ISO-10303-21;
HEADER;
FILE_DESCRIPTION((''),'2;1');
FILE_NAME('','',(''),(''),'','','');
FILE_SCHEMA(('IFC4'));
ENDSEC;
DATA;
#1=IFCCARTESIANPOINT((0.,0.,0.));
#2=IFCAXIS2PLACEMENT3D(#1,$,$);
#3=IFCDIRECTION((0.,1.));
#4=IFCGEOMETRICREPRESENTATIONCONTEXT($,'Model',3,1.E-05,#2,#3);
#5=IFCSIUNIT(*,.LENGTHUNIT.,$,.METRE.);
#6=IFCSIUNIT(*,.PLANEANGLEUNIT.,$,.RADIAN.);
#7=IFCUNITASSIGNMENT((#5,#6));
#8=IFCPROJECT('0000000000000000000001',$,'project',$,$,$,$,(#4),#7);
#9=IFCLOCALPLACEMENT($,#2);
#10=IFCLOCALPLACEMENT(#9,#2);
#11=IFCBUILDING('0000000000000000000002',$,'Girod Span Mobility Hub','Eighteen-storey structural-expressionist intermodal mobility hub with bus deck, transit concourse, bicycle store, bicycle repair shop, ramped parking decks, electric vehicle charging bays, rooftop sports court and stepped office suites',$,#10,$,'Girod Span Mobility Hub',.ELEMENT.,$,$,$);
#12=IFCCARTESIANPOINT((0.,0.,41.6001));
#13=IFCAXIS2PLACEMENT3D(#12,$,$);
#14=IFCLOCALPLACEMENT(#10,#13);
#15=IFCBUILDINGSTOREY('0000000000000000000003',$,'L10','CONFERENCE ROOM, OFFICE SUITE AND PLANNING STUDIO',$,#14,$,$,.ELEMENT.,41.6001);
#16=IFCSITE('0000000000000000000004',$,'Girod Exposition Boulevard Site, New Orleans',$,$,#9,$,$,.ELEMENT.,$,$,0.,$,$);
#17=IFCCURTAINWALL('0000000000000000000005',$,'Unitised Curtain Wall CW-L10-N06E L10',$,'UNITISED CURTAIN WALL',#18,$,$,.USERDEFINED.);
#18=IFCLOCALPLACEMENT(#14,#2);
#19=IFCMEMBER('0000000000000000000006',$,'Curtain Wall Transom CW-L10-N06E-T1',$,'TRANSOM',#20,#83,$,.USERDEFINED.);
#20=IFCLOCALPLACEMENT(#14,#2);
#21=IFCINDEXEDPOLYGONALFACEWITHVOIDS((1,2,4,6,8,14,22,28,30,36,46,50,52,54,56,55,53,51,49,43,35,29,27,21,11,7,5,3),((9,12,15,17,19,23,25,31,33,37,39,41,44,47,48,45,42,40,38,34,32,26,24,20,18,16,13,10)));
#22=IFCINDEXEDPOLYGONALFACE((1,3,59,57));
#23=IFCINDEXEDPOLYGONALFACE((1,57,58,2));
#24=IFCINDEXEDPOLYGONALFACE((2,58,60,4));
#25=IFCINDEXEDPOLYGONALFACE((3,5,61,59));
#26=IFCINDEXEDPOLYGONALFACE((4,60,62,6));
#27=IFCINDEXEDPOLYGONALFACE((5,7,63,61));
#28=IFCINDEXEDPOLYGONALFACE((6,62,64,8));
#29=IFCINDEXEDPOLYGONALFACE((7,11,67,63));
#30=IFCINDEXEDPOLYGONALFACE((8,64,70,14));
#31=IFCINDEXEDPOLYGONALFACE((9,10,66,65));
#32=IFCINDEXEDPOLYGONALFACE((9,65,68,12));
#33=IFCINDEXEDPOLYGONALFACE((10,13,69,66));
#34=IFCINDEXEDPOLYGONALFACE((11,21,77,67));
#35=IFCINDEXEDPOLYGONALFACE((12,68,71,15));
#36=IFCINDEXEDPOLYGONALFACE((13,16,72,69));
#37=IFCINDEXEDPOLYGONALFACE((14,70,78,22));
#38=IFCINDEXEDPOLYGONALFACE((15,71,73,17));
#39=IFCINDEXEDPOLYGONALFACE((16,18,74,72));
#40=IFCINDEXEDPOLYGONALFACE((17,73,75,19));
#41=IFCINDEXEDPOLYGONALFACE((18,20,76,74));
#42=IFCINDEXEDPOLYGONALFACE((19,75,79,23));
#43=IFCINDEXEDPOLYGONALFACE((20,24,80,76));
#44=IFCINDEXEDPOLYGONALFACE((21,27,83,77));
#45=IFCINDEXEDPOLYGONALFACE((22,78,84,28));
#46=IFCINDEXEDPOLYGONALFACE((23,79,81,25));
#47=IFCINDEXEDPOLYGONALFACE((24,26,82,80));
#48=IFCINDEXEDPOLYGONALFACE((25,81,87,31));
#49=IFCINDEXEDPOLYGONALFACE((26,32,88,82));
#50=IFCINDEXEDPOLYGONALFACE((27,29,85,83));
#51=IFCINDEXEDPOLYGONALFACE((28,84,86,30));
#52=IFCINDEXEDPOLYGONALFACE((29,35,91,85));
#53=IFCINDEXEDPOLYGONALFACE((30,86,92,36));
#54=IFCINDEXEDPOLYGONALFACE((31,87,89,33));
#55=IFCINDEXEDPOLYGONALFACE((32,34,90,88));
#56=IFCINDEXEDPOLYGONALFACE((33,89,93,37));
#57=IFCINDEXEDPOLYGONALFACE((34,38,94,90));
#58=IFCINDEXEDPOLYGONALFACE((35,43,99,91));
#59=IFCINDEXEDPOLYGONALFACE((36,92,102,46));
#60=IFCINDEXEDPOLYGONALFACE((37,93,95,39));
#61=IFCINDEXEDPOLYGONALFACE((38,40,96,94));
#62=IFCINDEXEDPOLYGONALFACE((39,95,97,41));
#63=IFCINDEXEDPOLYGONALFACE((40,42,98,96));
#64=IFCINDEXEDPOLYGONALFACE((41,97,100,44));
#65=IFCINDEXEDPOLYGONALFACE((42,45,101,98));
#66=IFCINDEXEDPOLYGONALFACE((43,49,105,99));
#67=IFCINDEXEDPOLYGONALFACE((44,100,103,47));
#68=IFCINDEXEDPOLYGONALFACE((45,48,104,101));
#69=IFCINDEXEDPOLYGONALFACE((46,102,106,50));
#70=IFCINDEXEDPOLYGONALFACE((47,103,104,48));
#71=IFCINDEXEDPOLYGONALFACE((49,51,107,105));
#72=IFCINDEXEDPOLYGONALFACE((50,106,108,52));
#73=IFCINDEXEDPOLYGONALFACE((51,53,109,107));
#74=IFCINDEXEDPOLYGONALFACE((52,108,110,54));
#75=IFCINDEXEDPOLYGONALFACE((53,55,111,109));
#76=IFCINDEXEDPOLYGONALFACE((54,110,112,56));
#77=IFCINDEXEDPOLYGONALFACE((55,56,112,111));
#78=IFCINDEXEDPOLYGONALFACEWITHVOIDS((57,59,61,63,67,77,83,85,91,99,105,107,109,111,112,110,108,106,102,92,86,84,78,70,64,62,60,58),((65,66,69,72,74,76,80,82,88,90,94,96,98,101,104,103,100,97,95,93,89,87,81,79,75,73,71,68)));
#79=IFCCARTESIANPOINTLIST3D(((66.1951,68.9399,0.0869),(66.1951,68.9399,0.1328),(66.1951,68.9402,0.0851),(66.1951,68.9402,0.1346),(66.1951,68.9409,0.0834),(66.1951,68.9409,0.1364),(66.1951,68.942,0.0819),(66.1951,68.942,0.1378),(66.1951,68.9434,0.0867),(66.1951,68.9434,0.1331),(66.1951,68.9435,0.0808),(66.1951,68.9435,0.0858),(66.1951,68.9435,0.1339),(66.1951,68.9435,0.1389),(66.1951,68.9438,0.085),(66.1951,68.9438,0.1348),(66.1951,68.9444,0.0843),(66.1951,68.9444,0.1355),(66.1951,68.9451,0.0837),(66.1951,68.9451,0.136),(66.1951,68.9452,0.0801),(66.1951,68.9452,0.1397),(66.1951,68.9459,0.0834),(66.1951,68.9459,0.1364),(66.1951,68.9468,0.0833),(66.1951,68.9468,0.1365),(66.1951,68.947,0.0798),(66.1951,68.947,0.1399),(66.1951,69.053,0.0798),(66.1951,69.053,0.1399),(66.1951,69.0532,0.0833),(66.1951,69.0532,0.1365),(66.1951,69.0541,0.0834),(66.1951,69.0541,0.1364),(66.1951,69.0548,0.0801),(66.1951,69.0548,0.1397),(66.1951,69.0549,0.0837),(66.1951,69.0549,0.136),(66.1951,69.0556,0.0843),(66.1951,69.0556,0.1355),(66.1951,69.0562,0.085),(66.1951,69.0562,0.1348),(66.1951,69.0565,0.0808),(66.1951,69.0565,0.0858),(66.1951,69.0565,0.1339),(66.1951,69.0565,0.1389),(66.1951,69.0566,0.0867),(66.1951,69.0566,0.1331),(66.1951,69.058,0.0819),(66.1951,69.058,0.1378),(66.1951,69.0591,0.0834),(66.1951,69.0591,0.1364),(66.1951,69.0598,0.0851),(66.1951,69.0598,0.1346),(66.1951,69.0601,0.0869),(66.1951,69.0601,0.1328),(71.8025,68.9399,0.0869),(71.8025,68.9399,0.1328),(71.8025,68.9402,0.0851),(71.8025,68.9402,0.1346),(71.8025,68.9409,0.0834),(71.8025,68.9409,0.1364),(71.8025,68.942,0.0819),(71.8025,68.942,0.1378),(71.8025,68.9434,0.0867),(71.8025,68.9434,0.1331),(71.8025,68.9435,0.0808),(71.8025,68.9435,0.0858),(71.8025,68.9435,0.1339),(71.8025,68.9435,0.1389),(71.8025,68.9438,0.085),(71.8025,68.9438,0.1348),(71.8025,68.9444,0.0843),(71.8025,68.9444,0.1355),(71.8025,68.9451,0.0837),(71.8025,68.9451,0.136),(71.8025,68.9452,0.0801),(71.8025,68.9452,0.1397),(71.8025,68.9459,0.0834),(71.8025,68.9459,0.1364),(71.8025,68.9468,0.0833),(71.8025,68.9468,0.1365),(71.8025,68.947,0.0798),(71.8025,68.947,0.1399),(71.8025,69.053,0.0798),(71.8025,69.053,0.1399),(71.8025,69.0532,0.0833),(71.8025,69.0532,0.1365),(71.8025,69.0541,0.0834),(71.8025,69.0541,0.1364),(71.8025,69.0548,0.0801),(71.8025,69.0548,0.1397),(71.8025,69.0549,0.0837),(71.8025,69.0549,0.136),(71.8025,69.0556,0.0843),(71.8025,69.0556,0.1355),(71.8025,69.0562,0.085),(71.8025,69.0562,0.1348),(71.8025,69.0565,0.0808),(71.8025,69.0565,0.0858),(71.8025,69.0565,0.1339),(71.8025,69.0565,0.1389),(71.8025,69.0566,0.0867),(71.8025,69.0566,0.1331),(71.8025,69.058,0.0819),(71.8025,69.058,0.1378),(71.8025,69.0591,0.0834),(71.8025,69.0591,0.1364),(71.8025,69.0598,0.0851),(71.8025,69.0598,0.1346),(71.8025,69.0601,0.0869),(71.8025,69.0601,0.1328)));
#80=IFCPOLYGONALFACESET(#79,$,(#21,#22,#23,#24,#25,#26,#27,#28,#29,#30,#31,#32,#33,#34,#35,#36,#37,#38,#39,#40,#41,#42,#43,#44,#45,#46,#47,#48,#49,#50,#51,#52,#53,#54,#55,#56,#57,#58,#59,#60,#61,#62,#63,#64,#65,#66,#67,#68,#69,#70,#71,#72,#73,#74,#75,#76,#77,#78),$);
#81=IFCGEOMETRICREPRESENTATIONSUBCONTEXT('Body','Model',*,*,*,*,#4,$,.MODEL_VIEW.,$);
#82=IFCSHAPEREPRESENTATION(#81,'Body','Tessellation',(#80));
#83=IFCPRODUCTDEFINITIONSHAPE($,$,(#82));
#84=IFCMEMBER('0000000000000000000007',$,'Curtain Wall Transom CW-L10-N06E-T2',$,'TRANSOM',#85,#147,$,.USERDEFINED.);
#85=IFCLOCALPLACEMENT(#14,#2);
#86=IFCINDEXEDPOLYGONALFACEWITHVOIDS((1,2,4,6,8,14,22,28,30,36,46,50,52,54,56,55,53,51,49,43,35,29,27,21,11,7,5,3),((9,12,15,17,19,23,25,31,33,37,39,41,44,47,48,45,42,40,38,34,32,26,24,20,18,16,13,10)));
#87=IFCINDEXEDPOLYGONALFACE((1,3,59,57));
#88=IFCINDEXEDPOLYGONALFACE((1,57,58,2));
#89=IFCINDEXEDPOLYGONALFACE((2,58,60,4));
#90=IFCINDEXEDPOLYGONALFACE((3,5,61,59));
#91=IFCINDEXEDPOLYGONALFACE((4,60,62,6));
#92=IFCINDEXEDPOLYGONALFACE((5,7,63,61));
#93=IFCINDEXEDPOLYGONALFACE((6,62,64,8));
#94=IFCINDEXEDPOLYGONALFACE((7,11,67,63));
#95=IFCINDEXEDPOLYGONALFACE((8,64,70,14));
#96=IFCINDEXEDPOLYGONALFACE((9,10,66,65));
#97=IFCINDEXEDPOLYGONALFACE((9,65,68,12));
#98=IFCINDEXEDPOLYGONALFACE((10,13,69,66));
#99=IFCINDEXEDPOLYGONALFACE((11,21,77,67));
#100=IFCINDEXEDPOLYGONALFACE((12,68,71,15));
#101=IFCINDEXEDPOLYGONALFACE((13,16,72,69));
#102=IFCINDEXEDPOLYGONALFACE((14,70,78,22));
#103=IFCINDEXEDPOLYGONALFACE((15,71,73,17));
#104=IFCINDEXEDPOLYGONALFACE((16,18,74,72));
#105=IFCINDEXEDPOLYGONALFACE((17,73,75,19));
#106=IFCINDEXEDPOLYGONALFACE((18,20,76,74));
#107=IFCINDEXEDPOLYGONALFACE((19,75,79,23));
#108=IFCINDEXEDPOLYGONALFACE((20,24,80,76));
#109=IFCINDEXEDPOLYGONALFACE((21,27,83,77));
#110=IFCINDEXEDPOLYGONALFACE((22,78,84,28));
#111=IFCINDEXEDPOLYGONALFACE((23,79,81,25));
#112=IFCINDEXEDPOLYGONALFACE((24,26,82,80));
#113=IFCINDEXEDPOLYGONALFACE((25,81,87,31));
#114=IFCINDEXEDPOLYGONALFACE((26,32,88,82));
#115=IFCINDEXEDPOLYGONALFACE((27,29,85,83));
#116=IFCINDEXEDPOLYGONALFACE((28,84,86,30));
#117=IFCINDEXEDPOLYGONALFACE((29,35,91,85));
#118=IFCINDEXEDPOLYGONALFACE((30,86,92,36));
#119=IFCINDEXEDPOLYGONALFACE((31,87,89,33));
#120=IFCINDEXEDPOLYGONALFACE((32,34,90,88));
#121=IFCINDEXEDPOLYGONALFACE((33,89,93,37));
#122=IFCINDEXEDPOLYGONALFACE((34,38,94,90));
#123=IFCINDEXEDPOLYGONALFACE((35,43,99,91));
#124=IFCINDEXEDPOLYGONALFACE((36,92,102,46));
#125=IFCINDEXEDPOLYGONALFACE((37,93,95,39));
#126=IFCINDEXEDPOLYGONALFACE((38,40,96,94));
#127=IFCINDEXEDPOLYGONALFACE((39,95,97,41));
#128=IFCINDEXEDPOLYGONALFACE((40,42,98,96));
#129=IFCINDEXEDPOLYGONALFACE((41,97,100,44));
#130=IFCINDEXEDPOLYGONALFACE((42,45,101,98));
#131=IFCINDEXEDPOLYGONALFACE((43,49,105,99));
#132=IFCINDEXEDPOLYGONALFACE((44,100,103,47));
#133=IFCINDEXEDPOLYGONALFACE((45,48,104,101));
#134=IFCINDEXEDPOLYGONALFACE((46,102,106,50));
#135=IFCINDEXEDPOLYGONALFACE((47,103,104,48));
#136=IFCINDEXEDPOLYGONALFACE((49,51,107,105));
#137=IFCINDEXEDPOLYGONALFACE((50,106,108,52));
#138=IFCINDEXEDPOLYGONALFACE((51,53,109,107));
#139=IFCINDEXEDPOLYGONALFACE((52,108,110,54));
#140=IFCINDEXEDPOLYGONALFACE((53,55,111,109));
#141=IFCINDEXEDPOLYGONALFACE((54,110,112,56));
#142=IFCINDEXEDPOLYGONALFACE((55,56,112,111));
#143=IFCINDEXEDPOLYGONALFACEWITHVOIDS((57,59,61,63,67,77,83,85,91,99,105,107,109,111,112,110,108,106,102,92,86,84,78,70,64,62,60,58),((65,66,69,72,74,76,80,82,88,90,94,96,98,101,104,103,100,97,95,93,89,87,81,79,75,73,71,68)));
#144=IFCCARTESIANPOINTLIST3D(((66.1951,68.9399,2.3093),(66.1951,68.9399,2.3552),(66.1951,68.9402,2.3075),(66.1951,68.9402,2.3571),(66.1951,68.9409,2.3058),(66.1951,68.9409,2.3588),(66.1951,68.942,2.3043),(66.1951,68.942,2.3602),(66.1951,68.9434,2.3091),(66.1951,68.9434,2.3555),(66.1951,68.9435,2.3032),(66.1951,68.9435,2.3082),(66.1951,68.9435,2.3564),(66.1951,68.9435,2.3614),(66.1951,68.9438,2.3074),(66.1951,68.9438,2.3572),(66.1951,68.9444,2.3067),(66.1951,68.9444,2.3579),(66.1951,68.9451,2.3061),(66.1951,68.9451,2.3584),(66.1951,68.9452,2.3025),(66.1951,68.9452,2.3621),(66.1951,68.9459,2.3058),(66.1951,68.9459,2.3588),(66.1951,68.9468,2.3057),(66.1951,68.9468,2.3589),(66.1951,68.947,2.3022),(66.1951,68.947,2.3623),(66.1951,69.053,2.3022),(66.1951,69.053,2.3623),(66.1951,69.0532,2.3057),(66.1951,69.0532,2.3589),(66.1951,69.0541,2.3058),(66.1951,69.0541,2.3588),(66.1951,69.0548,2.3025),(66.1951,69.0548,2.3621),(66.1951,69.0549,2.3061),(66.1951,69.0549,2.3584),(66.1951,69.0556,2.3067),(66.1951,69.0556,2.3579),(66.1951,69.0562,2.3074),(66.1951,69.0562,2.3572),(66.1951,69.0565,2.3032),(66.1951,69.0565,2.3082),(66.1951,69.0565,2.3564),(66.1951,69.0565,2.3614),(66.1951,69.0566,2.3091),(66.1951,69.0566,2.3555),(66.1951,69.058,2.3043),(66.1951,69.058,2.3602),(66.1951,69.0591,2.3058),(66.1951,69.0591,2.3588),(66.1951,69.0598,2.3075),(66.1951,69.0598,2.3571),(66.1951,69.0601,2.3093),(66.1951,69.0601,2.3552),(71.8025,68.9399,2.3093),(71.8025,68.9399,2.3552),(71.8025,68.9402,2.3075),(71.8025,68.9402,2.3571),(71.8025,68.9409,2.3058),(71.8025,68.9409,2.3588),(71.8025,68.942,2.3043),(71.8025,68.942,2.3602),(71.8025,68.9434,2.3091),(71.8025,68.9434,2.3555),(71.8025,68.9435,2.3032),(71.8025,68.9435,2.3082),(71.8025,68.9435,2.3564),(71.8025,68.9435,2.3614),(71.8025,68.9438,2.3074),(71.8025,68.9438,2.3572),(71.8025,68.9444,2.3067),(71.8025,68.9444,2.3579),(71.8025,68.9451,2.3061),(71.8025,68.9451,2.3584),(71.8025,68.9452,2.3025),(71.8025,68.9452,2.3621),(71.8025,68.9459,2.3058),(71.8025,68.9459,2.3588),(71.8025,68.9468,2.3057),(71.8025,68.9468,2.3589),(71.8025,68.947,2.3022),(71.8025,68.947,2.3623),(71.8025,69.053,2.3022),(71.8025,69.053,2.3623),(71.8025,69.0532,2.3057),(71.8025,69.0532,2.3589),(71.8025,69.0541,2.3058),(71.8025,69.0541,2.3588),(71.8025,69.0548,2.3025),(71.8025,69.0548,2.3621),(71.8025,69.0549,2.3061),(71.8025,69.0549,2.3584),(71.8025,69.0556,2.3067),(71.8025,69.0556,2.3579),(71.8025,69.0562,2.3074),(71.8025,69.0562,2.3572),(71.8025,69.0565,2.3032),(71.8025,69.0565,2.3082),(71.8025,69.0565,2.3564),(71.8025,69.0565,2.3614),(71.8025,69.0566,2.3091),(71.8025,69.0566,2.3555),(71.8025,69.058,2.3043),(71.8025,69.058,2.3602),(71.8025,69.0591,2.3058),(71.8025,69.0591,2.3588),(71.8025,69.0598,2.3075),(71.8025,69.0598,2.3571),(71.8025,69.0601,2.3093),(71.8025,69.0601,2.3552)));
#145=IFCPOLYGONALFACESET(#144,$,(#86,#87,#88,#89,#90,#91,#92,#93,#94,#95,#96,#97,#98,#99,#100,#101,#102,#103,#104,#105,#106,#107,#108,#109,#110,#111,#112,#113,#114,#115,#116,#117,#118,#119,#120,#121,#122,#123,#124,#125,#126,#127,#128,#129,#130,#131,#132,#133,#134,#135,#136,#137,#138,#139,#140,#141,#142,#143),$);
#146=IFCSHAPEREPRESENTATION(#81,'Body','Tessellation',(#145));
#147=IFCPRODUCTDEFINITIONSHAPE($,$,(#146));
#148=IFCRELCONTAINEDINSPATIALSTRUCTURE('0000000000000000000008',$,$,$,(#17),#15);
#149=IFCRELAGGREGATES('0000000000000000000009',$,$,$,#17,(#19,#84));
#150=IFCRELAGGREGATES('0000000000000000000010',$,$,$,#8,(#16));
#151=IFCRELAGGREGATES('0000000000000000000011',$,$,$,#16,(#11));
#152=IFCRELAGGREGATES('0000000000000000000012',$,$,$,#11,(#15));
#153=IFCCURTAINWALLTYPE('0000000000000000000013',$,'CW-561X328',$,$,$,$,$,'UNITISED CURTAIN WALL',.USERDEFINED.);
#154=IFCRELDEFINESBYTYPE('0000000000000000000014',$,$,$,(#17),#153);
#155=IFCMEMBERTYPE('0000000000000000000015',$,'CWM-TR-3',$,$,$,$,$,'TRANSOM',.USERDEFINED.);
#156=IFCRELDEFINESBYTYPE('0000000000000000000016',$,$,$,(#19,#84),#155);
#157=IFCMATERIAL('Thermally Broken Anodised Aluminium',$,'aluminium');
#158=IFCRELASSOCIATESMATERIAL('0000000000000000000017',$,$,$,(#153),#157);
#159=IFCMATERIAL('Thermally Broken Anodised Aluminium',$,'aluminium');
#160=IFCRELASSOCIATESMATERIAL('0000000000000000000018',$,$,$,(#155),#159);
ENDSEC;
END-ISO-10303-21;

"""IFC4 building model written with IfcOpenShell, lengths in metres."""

from ifc_helpers import new_model, si_unit, direction, frame, origin, origin_2d, place, context, subcontext, project, spatial, hollow_rectangle, extrude, material, material_profile, profile_set, type_object, element, aggregate, save


model = new_model("IFC4")

# Units and contexts
model_context = context("Model", 3, precision=1e-05, world=origin(), true_north=direction((0.0, 1.0)))
body_context = subcontext(model_context, "Body", "Model", "MODEL_VIEW")
ifc_project = project(units=[si_unit("LENGTHUNIT", "METRE"), si_unit("PLANEANGLEUNIT", "RADIAN")], contexts=[model_context])

# Site, building, storey
site_placement = place(None, origin())
site = spatial("IfcSite", under=ifc_project, at=site_placement, Name="Girod Exposition Boulevard Site, New Orleans", CompositionType="ELEMENT", RefElevation=0.0)
building_placement = place(site_placement, origin())
building = spatial("IfcBuilding", under=site, at=building_placement, Name="Girod Span Mobility Hub", Description="Eighteen-storey structural-expressionist intermodal mobility hub with bus deck, transit concourse, bicycle store, bicycle repair shop, ramped parking decks, electric vehicle charging bays, rooftop sports court and stepped office suites", LongName="Girod Span Mobility Hub", CompositionType="ELEMENT")
storey_placement = place(building_placement, frame((0.0, 0.0, 41.6001)))
storey = spatial("IfcBuildingStorey", under=building, at=storey_placement, Name="L10", Description="CONFERENCE ROOM, OFFICE SUITE AND PLANNING STUDIO", CompositionType="ELEMENT", Elevation=41.6001)

# Curtain wall, members
ifc_material_1 = material(Name="Thermally Broken Anodised Aluminium", Category="aluminium")
curtain_wall_type = type_object("IfcCurtainWallType", Name="CW-561X328", ElementType="UNITISED CURTAIN WALL", PredefinedType="USERDEFINED", material=ifc_material_1)
curtain_wall_1_placement = place(storey_placement, origin())
curtain_wall_1 = element("IfcCurtainWall", 1, at=curtain_wall_1_placement, inside=storey, type_object=curtain_wall_type, Name="Unitised Curtain Wall CW-L10-N06E L10", ObjectType="UNITISED CURTAIN WALL", PredefinedType="USERDEFINED")
ifc_material_2 = material(Name="Thermally Broken Anodised Aluminium", Category="aluminium")
ifc_material_profile_1 = material_profile(ifc_material_2, hollow_rectangle(XDim=0.1201, YDim=0.0601, WallThickness=0.0034, InnerFilletRadius=0.0034, OuterFilletRadius=0.0071, at=origin_2d()), Name="CW-TR-60X120")
ifc_profile_set_1 = profile_set([ifc_material_profile_1], Name="Thermally Broken Anodised Aluminium")
member_type_1 = type_object("IfcMemberType", Name="CWM-TR-3", ElementType="TRANSOM", PredefinedType="USERDEFINED", material=ifc_profile_set_1)
member_1_placement = place(storey_placement, frame((66.1951, 69.0, 0.1099), z_axis=(1.0, 0.0, 0.0), x_axis=(0.0, 1.0, 0.0)))
member_1 = element("IfcMember", 2, at=member_1_placement, type_object=member_type_1, Name="Curtain Wall Transom CW-L10-N06E-T1", ObjectType="TRANSOM", PredefinedType="USERDEFINED", context=body_context, shape_type="SweptSolid", body=[
    extrude(hollow_rectangle(XDim=0.1201, YDim=0.0601, WallThickness=0.0034, InnerFilletRadius=0.0034, OuterFilletRadius=0.0071, at=origin_2d()), origin(), (0.0, 0.0, 1.0), 5.6074),
])
member_2_placement = place(storey_placement, frame((66.1951, 69.0, 2.3323), z_axis=(1.0, 0.0, 0.0), x_axis=(0.0, 1.0, 0.0)))
member_2 = element("IfcMember", 3, at=member_2_placement, type_object=member_type_1, Name="Curtain Wall Transom CW-L10-N06E-T2", ObjectType="TRANSOM", PredefinedType="USERDEFINED", context=body_context, shape_type="SweptSolid", body=[
    extrude(hollow_rectangle(XDim=0.1201, YDim=0.0601, WallThickness=0.0034, InnerFilletRadius=0.0034, OuterFilletRadius=0.0071, at=origin_2d()), origin(), (0.0, 0.0, 1.0), 5.6074),
])

aggregate(curtain_wall_1, [member_1, member_2])

save(model, "model.ifc")
